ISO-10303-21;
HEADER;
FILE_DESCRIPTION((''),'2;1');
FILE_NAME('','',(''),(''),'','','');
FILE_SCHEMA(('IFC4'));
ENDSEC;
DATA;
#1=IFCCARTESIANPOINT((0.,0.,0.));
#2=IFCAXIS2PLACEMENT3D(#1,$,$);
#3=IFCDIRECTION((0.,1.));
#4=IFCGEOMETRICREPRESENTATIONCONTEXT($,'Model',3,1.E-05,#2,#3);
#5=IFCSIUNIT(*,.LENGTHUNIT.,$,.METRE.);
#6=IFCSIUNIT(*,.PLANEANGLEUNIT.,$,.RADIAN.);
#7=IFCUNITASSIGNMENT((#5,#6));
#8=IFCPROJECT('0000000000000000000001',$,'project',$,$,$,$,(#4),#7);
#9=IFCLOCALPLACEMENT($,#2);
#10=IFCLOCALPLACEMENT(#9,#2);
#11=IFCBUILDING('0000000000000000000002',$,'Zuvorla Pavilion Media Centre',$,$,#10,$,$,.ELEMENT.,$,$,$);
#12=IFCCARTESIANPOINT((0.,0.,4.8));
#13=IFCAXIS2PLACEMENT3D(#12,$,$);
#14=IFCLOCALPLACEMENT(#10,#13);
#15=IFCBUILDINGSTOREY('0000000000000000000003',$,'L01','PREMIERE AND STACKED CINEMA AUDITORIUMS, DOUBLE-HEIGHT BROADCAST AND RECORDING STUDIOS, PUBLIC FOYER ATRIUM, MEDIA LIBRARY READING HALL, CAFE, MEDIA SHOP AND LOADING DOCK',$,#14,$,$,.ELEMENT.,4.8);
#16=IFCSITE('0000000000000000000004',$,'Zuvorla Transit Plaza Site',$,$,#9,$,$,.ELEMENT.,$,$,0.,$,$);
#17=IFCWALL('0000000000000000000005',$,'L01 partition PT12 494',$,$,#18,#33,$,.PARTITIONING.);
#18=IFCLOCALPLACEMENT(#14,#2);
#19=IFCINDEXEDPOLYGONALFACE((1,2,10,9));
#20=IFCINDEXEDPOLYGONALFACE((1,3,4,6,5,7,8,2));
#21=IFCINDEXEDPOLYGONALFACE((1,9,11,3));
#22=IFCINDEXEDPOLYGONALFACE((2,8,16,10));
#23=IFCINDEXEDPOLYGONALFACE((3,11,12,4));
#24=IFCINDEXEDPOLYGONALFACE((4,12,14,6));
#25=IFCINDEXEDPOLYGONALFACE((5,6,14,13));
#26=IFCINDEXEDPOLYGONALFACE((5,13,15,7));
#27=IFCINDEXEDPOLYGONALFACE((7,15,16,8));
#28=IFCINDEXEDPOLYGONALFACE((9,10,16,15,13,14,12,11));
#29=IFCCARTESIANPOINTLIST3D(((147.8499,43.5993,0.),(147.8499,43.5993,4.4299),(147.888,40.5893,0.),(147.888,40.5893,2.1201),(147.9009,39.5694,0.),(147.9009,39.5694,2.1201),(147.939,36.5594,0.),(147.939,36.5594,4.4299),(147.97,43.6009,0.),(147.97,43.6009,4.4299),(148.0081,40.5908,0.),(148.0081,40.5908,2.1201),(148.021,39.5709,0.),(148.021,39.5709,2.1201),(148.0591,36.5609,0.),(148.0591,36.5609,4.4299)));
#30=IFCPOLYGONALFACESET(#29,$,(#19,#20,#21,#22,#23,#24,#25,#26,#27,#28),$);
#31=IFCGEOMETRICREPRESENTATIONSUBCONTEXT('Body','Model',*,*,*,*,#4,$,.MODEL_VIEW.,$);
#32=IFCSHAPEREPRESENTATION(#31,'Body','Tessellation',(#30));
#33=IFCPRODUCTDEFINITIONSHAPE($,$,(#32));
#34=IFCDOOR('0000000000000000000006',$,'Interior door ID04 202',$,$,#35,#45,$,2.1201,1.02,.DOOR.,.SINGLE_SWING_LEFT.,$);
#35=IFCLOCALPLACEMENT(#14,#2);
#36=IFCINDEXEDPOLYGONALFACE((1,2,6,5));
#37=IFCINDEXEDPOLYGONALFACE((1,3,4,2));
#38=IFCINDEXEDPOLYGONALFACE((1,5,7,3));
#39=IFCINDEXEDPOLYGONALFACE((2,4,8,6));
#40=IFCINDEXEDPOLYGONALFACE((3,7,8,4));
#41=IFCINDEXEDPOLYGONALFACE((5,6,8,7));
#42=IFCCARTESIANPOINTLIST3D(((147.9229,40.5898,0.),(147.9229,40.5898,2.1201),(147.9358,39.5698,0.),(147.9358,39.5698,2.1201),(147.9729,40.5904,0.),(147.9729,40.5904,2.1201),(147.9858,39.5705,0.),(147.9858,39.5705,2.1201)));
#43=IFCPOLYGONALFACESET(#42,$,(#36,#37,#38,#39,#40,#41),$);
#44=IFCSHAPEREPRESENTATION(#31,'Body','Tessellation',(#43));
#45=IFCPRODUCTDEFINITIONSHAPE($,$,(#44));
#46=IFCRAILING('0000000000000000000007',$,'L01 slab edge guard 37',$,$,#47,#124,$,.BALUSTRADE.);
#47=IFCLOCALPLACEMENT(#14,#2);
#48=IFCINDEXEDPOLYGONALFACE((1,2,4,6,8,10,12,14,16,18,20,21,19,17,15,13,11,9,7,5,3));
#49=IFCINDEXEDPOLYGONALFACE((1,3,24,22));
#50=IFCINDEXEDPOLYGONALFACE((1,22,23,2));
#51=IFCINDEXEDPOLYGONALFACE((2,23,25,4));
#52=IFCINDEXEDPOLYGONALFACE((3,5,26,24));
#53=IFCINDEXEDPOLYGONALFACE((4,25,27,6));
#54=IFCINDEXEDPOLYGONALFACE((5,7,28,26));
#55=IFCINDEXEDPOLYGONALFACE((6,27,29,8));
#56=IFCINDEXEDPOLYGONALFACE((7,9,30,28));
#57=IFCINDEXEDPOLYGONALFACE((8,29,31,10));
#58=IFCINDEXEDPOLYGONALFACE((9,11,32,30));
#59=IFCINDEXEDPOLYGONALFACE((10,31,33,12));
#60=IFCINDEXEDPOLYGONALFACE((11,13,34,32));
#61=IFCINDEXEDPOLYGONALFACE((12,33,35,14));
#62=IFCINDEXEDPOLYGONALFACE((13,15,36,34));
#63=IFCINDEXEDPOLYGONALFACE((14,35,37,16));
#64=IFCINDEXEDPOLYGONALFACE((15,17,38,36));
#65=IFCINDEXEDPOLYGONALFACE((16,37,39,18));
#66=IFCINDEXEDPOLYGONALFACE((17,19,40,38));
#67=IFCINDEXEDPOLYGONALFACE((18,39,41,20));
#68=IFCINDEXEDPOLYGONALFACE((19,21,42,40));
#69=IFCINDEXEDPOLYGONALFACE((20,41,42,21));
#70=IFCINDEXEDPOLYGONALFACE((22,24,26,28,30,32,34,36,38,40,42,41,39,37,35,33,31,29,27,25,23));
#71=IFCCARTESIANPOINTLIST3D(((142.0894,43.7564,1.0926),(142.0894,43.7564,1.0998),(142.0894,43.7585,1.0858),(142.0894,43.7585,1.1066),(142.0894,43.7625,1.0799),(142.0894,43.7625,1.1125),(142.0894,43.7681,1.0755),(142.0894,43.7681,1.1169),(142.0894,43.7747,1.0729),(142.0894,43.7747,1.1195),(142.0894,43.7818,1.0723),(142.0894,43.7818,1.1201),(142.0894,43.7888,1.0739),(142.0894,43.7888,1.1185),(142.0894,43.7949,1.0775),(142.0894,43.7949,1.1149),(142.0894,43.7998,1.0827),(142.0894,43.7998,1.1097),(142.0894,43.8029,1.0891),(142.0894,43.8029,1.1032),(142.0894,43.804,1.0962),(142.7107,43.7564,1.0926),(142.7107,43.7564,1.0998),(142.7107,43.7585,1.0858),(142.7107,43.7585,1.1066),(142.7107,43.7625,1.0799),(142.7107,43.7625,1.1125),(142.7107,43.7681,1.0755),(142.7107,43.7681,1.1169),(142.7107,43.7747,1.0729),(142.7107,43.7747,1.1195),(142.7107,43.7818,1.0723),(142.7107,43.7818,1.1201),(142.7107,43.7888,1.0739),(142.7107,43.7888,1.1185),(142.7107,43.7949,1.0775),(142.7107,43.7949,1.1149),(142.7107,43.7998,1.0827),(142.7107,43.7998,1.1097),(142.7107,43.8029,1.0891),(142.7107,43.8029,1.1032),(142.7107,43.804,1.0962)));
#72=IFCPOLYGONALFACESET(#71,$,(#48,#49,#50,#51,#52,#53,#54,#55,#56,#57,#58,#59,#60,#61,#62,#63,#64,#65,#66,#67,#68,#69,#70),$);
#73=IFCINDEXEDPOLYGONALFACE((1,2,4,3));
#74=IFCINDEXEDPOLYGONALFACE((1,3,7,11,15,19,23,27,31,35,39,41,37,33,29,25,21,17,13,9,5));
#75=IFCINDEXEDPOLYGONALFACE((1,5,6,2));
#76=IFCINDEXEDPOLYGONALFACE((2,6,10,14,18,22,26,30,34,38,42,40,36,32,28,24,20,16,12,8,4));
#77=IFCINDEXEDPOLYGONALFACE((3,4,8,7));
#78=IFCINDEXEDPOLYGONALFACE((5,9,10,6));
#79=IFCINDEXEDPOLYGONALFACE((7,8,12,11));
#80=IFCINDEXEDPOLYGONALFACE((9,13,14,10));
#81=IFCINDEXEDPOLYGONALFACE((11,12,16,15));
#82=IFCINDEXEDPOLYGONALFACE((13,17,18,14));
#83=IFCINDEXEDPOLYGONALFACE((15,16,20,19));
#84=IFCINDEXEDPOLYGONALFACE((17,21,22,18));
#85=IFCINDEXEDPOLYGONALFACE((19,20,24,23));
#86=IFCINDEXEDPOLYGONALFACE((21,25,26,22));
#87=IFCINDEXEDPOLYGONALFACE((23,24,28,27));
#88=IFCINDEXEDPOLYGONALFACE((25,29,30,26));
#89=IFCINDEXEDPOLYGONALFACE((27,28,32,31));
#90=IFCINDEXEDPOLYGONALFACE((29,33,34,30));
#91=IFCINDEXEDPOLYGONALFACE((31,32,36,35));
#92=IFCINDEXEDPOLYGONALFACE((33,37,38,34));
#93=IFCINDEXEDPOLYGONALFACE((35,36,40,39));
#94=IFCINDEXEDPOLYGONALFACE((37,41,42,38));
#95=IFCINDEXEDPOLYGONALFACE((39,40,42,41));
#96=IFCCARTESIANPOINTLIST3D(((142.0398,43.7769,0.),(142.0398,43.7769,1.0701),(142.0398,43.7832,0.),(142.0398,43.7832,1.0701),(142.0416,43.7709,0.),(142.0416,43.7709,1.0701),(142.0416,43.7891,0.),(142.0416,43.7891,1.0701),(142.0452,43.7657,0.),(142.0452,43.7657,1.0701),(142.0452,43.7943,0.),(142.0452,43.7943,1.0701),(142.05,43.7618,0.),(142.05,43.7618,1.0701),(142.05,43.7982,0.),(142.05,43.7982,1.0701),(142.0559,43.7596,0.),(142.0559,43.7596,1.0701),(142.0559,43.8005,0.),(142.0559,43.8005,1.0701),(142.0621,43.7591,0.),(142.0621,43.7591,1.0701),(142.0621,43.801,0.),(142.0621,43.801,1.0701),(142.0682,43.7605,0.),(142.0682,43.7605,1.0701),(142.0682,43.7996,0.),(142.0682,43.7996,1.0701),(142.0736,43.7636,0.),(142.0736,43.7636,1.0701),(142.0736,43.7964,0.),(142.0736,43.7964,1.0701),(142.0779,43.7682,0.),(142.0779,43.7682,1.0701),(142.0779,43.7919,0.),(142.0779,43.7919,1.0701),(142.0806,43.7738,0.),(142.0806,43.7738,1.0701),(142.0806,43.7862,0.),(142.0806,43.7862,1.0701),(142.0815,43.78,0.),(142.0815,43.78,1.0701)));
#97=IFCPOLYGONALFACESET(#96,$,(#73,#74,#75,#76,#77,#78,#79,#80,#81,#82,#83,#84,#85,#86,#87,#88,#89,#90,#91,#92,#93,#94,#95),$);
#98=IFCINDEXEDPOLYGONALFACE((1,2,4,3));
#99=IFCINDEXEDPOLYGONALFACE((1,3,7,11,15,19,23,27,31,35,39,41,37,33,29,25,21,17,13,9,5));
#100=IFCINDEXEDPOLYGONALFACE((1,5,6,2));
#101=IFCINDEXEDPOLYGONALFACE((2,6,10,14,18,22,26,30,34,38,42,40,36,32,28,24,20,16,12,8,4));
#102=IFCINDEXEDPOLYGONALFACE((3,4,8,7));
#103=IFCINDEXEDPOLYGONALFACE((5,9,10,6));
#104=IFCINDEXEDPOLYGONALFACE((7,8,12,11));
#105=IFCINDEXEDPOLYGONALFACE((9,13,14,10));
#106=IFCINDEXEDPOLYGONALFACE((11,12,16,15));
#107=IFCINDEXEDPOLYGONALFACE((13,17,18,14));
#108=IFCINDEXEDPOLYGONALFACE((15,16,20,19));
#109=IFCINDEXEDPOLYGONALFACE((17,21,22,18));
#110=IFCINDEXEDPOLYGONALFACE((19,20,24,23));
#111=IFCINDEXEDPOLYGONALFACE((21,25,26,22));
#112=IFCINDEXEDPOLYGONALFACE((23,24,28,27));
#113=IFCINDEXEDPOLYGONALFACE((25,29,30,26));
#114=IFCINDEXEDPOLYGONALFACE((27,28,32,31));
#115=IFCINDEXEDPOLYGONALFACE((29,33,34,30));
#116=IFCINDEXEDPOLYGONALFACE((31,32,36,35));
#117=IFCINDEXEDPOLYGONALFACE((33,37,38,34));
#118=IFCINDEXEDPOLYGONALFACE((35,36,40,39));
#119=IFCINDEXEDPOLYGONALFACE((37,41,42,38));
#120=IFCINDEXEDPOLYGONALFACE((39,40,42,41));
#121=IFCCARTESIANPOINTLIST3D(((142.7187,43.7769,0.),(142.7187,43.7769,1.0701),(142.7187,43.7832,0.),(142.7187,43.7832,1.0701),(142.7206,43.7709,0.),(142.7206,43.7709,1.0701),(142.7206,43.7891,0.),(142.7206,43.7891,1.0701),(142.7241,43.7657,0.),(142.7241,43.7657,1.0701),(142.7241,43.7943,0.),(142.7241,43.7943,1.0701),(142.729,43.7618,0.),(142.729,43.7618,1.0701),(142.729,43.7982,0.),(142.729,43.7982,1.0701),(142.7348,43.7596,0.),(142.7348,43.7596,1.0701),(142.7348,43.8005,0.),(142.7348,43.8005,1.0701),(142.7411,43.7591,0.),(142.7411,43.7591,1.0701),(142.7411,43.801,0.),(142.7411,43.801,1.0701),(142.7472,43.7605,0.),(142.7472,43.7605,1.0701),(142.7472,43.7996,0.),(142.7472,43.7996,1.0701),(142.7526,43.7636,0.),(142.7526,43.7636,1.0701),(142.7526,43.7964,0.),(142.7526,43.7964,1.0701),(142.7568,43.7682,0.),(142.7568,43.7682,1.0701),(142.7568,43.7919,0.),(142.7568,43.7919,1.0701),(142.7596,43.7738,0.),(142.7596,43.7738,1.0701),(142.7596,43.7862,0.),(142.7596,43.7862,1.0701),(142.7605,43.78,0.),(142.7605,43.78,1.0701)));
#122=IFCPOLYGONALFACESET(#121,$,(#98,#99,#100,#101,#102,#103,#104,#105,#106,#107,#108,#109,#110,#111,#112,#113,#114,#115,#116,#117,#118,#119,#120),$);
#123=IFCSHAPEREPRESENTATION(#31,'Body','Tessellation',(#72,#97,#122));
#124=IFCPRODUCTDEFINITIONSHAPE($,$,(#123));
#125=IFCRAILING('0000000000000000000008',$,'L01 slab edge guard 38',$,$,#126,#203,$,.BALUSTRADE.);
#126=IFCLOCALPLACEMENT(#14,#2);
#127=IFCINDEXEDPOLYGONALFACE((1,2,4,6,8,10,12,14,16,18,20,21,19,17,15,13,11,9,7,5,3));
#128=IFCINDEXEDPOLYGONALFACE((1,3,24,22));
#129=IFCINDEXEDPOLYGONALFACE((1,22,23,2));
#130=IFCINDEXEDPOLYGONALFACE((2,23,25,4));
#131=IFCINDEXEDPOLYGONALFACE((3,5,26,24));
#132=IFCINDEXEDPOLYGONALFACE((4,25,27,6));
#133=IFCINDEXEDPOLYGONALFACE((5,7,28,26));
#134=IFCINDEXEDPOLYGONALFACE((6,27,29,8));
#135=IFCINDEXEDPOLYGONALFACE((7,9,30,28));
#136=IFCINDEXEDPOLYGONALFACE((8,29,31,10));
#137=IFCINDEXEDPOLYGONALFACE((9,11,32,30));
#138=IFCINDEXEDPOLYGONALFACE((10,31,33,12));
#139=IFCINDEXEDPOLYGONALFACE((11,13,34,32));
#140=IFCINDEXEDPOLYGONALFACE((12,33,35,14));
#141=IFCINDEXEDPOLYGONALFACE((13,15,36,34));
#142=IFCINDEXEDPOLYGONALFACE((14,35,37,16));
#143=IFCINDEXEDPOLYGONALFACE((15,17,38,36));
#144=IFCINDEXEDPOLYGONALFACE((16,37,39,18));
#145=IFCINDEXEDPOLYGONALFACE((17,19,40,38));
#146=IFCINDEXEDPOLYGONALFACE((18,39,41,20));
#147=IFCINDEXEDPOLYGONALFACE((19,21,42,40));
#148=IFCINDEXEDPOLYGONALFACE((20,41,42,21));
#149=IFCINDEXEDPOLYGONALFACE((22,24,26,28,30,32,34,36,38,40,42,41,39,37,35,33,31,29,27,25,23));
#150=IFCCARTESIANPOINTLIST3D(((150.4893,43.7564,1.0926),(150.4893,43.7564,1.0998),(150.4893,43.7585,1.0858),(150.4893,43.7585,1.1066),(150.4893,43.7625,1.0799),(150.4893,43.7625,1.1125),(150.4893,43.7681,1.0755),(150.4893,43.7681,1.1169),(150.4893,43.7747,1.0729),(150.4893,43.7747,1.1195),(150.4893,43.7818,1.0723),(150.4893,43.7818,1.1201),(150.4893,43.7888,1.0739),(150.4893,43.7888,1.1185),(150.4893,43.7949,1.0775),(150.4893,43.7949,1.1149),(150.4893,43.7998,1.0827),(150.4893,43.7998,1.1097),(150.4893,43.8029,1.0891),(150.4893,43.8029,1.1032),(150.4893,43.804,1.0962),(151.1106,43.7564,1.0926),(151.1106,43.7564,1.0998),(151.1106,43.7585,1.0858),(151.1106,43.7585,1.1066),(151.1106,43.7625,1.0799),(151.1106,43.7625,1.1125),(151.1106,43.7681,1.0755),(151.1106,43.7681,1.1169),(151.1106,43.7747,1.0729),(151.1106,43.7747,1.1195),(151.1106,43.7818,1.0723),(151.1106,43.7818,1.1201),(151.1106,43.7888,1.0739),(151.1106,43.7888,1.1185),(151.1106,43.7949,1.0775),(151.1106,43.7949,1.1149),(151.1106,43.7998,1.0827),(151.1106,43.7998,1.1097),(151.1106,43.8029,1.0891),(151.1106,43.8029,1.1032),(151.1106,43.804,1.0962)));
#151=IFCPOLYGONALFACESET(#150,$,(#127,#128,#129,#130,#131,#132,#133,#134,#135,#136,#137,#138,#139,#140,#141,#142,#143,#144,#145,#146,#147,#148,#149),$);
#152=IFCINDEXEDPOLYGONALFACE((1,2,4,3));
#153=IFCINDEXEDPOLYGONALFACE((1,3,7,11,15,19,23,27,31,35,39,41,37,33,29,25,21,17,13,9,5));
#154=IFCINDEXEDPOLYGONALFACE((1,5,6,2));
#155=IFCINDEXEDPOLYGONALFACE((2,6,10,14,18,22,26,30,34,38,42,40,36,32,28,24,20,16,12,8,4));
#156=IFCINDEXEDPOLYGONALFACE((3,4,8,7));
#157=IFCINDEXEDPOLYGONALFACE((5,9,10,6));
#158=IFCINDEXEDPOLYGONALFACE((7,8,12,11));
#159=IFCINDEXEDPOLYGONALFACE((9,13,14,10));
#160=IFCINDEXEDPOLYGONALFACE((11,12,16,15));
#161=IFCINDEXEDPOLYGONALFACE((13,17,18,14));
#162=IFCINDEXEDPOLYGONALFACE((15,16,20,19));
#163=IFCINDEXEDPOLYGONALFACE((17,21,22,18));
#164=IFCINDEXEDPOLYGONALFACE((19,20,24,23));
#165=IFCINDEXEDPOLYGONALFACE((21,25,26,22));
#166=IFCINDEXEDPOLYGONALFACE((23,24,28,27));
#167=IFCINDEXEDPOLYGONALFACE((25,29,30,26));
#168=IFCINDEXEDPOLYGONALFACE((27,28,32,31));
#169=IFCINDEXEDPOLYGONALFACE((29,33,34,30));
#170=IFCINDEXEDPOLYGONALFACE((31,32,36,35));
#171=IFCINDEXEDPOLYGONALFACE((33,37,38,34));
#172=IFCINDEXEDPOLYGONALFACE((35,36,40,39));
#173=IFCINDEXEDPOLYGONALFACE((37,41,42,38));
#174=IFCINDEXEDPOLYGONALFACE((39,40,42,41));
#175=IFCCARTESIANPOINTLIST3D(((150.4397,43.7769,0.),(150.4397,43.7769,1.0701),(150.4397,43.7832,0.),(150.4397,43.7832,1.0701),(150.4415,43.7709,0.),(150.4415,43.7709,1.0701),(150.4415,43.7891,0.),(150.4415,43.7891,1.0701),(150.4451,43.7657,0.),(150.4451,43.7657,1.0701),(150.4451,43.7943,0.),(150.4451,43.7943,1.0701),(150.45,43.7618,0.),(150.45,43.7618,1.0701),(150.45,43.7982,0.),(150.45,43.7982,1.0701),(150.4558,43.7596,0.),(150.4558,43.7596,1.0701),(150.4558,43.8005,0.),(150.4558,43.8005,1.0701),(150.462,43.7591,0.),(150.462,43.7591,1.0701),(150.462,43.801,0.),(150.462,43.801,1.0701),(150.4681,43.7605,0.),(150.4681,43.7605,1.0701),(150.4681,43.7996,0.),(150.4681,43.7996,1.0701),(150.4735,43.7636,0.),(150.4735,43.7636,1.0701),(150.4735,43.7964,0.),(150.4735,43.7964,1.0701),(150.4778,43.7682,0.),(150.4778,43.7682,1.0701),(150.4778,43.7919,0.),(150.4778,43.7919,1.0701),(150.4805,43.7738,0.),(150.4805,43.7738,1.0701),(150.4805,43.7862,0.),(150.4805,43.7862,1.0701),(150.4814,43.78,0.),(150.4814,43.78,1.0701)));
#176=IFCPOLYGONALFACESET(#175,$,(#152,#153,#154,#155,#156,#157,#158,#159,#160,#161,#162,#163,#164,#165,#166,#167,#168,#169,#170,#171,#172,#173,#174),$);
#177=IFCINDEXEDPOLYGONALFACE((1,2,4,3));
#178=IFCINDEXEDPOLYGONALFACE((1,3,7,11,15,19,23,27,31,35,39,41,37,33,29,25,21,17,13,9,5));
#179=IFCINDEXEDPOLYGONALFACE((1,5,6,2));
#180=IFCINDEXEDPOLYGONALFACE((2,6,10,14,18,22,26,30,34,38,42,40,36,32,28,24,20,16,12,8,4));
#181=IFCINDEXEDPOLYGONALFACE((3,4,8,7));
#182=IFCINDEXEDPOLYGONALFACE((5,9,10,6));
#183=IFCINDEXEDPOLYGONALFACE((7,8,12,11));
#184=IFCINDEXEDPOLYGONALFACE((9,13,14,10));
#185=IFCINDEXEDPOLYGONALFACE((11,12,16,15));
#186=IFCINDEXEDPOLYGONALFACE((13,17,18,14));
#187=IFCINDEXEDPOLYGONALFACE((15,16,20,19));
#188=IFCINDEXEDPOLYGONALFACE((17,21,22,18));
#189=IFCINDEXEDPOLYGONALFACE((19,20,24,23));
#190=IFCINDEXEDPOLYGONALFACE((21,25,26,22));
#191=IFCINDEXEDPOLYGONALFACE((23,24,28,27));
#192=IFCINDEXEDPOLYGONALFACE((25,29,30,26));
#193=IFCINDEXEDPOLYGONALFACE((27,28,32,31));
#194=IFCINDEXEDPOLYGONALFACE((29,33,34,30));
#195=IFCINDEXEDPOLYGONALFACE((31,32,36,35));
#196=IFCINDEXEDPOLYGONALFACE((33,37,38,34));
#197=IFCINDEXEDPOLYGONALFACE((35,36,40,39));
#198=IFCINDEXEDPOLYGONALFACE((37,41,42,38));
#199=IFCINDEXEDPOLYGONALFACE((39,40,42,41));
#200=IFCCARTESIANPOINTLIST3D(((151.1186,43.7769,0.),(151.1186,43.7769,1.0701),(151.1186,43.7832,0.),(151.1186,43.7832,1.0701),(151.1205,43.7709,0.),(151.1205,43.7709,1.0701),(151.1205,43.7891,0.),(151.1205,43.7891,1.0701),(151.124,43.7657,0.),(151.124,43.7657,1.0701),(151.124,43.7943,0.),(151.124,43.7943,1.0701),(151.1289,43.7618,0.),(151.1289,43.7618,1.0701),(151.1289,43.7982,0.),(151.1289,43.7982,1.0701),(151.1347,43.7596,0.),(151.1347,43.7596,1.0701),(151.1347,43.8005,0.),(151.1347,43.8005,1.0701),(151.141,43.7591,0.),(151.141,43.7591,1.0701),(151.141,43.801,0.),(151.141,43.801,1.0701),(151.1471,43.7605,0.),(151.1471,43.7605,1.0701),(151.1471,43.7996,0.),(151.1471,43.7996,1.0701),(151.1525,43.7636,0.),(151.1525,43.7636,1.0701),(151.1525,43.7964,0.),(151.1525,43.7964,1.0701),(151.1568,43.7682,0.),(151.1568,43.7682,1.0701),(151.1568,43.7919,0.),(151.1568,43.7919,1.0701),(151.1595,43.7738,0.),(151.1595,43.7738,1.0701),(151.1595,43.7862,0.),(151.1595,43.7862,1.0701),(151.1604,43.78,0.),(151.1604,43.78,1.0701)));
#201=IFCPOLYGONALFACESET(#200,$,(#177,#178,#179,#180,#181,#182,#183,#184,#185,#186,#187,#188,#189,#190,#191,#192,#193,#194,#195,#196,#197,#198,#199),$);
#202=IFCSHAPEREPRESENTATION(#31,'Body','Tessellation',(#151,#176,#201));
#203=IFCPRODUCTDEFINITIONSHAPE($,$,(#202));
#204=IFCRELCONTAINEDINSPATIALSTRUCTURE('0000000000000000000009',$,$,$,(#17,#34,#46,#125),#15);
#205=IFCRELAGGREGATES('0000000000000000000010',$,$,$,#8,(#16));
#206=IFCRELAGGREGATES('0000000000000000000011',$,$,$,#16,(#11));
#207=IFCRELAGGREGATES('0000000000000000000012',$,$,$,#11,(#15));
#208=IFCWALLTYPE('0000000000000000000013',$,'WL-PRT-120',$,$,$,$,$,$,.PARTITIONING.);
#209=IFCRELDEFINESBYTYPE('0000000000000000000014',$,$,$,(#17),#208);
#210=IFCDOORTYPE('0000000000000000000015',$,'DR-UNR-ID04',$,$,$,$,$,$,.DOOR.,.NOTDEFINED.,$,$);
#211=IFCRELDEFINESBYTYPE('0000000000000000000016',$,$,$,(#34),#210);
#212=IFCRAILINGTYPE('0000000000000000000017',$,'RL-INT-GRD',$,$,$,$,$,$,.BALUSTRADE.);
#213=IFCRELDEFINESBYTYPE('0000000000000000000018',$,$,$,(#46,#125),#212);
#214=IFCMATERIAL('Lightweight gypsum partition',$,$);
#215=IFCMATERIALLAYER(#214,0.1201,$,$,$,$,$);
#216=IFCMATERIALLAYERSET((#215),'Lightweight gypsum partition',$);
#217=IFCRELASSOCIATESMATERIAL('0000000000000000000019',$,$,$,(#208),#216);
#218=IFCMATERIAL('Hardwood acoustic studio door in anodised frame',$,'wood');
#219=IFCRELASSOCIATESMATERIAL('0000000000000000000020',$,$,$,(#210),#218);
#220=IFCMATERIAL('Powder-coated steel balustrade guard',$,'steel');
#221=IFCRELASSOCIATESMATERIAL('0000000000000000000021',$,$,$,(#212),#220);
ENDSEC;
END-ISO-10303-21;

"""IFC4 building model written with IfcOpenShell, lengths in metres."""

from ifc_helpers import new_model, si_unit, direction, frame, frame_2d, origin, origin_2d, place, context, subcontext, project, spatial, rectangle, circle, extrude, material, layer, layer_set, type_object, element, fill, save


model = new_model("IFC4")

# Units and contexts
model_context = context("Model", 3, precision=1e-05, world=origin(), true_north=direction((0.0, 1.0)))
body_context = subcontext(model_context, "Body", "Model", "MODEL_VIEW")
ifc_project = project(units=[si_unit("LENGTHUNIT", "METRE"), si_unit("PLANEANGLEUNIT", "RADIAN")], contexts=[model_context])

# Site, building, storey
site_placement = place(None, origin())
site = spatial("IfcSite", under=ifc_project, at=site_placement, Name="Zuvorla Transit Plaza Site", CompositionType="ELEMENT", RefElevation=0.0)
building_placement = place(site_placement, origin())
building = spatial("IfcBuilding", under=site, at=building_placement, Name="Zuvorla Pavilion Media Centre", CompositionType="ELEMENT")
storey_placement = place(building_placement, frame((0.0, 0.0, 4.8)))
storey = spatial("IfcBuildingStorey", under=building, at=storey_placement, Name="L01", Description="PREMIERE AND STACKED CINEMA AUDITORIUMS, DOUBLE-HEIGHT BROADCAST AND RECORDING STUDIOS, PUBLIC FOYER ATRIUM, MEDIA LIBRARY READING HALL, CAFE, MEDIA SHOP AND LOADING DOCK", CompositionType="ELEMENT", Elevation=4.8)

# Wall, opening, door
ifc_material_1 = material(Name="Lightweight gypsum partition")
ifc_layer_1 = layer(ifc_material_1, 0.1201)
ifc_layer_set_1 = layer_set([ifc_layer_1], Name="Lightweight gypsum partition")
wall_type_1 = type_object("IfcWallType", Name="WL-PRT-120", PredefinedType="PARTITIONING", material=ifc_layer_set_1)
wall_1_placement = place(storey_placement, frame((147.9099, 43.6001, 0.0), z_axis=(0.0, 0.0, 1.0), x_axis=(0.012657, -0.99992, 0.0)))
wall_1 = element("IfcWall", 1, at=wall_1_placement, inside=storey, type_object=wall_type_1, Name="L01 partition PT12 494", PredefinedType="PARTITIONING", context=body_context, shape_type="SweptSolid", body=[
    extrude(rectangle(XDim=7.0405, YDim=0.1201, at=frame_2d((3.5203, 0.0))), origin(), (0.0, 0.0, 1.0), 4.4299),
])
opening_1_placement = place(wall_1_placement, frame((3.0103, 0.0, 0.0)))
opening_1 = element("IfcOpeningElement", 2, at=opening_1_placement, cuts=wall_1, PredefinedType="OPENING", context=body_context, shape_type="SweptSolid", body=[
    extrude(rectangle(XDim=1.02, YDim=2.1201, at=frame_2d((0.51, 1.0601))), frame((0.0, 0.0701, 0.0), z_axis=(0.0, -1.0, 0.0), x_axis=(1.0, 0.0, 0.0)), (0.0, 0.0, 1.0), 0.1401),
])
ifc_material_2 = material(Name="Hardwood acoustic studio door in anodised frame", Category="wood")
door_type = type_object("IfcDoorType", Name="DR-UNR-ID04", OperationType="NOTDEFINED", PredefinedType="DOOR", material=ifc_material_2)
door_placement = place(opening_1_placement, origin())
door = element("IfcDoor", 3, at=door_placement, inside=storey, type_object=door_type, Name="Interior door ID04 202", OperationType="SINGLE_SWING_LEFT", OverallHeight=2.1201, OverallWidth=1.02, PredefinedType="DOOR", context=body_context, shape_type="SweptSolid", body=[
    extrude(rectangle(XDim=1.02, YDim=2.1201, at=frame_2d((0.51, 1.0601))), frame((0.0, 0.0249, 0.0), z_axis=(0.0, -1.0, 0.0), x_axis=(1.0, 0.0, 0.0)), (0.0, 0.0, 1.0), 0.05),
])
fill(opening_1, door)

# Railings
ifc_material_3 = material(Name="Powder-coated steel balustrade guard", Category="steel")
railing_type = type_object("IfcRailingType", Name="RL-INT-GRD", PredefinedType="BALUSTRADE", material=ifc_material_3)
for number, where, name in (
    (4, (142.0605, 43.78, 0.0), "L01 slab edge guard 37"),
    (5, (150.4604, 43.78, 0.0), "L01 slab edge guard 38"),
):
    element("IfcRailing", number, at=place(storey_placement, frame(where)), inside=storey, type_object=railing_type, Name=name, PredefinedType="BALUSTRADE", context=body_context, shape_type="SweptSolid", body=[
        extrude(circle(Radius=0.0239, at=origin_2d()), frame((0.0288, 0.0, 1.0962), z_axis=(1.0, 0.0, 0.0), x_axis=(0.0, 1.0, 0.0)), (0.0, 0.0, 1.0), 0.6213),
        extrude(circle(Radius=0.021, at=origin_2d()), origin(), (0.0, 0.0, 1.0), 1.0701),
        extrude(circle(Radius=0.021, at=origin_2d()), frame((0.679, 0.0, 0.0)), (0.0, 0.0, 1.0), 1.0701),
    ])

save(model, "model.ifc")
